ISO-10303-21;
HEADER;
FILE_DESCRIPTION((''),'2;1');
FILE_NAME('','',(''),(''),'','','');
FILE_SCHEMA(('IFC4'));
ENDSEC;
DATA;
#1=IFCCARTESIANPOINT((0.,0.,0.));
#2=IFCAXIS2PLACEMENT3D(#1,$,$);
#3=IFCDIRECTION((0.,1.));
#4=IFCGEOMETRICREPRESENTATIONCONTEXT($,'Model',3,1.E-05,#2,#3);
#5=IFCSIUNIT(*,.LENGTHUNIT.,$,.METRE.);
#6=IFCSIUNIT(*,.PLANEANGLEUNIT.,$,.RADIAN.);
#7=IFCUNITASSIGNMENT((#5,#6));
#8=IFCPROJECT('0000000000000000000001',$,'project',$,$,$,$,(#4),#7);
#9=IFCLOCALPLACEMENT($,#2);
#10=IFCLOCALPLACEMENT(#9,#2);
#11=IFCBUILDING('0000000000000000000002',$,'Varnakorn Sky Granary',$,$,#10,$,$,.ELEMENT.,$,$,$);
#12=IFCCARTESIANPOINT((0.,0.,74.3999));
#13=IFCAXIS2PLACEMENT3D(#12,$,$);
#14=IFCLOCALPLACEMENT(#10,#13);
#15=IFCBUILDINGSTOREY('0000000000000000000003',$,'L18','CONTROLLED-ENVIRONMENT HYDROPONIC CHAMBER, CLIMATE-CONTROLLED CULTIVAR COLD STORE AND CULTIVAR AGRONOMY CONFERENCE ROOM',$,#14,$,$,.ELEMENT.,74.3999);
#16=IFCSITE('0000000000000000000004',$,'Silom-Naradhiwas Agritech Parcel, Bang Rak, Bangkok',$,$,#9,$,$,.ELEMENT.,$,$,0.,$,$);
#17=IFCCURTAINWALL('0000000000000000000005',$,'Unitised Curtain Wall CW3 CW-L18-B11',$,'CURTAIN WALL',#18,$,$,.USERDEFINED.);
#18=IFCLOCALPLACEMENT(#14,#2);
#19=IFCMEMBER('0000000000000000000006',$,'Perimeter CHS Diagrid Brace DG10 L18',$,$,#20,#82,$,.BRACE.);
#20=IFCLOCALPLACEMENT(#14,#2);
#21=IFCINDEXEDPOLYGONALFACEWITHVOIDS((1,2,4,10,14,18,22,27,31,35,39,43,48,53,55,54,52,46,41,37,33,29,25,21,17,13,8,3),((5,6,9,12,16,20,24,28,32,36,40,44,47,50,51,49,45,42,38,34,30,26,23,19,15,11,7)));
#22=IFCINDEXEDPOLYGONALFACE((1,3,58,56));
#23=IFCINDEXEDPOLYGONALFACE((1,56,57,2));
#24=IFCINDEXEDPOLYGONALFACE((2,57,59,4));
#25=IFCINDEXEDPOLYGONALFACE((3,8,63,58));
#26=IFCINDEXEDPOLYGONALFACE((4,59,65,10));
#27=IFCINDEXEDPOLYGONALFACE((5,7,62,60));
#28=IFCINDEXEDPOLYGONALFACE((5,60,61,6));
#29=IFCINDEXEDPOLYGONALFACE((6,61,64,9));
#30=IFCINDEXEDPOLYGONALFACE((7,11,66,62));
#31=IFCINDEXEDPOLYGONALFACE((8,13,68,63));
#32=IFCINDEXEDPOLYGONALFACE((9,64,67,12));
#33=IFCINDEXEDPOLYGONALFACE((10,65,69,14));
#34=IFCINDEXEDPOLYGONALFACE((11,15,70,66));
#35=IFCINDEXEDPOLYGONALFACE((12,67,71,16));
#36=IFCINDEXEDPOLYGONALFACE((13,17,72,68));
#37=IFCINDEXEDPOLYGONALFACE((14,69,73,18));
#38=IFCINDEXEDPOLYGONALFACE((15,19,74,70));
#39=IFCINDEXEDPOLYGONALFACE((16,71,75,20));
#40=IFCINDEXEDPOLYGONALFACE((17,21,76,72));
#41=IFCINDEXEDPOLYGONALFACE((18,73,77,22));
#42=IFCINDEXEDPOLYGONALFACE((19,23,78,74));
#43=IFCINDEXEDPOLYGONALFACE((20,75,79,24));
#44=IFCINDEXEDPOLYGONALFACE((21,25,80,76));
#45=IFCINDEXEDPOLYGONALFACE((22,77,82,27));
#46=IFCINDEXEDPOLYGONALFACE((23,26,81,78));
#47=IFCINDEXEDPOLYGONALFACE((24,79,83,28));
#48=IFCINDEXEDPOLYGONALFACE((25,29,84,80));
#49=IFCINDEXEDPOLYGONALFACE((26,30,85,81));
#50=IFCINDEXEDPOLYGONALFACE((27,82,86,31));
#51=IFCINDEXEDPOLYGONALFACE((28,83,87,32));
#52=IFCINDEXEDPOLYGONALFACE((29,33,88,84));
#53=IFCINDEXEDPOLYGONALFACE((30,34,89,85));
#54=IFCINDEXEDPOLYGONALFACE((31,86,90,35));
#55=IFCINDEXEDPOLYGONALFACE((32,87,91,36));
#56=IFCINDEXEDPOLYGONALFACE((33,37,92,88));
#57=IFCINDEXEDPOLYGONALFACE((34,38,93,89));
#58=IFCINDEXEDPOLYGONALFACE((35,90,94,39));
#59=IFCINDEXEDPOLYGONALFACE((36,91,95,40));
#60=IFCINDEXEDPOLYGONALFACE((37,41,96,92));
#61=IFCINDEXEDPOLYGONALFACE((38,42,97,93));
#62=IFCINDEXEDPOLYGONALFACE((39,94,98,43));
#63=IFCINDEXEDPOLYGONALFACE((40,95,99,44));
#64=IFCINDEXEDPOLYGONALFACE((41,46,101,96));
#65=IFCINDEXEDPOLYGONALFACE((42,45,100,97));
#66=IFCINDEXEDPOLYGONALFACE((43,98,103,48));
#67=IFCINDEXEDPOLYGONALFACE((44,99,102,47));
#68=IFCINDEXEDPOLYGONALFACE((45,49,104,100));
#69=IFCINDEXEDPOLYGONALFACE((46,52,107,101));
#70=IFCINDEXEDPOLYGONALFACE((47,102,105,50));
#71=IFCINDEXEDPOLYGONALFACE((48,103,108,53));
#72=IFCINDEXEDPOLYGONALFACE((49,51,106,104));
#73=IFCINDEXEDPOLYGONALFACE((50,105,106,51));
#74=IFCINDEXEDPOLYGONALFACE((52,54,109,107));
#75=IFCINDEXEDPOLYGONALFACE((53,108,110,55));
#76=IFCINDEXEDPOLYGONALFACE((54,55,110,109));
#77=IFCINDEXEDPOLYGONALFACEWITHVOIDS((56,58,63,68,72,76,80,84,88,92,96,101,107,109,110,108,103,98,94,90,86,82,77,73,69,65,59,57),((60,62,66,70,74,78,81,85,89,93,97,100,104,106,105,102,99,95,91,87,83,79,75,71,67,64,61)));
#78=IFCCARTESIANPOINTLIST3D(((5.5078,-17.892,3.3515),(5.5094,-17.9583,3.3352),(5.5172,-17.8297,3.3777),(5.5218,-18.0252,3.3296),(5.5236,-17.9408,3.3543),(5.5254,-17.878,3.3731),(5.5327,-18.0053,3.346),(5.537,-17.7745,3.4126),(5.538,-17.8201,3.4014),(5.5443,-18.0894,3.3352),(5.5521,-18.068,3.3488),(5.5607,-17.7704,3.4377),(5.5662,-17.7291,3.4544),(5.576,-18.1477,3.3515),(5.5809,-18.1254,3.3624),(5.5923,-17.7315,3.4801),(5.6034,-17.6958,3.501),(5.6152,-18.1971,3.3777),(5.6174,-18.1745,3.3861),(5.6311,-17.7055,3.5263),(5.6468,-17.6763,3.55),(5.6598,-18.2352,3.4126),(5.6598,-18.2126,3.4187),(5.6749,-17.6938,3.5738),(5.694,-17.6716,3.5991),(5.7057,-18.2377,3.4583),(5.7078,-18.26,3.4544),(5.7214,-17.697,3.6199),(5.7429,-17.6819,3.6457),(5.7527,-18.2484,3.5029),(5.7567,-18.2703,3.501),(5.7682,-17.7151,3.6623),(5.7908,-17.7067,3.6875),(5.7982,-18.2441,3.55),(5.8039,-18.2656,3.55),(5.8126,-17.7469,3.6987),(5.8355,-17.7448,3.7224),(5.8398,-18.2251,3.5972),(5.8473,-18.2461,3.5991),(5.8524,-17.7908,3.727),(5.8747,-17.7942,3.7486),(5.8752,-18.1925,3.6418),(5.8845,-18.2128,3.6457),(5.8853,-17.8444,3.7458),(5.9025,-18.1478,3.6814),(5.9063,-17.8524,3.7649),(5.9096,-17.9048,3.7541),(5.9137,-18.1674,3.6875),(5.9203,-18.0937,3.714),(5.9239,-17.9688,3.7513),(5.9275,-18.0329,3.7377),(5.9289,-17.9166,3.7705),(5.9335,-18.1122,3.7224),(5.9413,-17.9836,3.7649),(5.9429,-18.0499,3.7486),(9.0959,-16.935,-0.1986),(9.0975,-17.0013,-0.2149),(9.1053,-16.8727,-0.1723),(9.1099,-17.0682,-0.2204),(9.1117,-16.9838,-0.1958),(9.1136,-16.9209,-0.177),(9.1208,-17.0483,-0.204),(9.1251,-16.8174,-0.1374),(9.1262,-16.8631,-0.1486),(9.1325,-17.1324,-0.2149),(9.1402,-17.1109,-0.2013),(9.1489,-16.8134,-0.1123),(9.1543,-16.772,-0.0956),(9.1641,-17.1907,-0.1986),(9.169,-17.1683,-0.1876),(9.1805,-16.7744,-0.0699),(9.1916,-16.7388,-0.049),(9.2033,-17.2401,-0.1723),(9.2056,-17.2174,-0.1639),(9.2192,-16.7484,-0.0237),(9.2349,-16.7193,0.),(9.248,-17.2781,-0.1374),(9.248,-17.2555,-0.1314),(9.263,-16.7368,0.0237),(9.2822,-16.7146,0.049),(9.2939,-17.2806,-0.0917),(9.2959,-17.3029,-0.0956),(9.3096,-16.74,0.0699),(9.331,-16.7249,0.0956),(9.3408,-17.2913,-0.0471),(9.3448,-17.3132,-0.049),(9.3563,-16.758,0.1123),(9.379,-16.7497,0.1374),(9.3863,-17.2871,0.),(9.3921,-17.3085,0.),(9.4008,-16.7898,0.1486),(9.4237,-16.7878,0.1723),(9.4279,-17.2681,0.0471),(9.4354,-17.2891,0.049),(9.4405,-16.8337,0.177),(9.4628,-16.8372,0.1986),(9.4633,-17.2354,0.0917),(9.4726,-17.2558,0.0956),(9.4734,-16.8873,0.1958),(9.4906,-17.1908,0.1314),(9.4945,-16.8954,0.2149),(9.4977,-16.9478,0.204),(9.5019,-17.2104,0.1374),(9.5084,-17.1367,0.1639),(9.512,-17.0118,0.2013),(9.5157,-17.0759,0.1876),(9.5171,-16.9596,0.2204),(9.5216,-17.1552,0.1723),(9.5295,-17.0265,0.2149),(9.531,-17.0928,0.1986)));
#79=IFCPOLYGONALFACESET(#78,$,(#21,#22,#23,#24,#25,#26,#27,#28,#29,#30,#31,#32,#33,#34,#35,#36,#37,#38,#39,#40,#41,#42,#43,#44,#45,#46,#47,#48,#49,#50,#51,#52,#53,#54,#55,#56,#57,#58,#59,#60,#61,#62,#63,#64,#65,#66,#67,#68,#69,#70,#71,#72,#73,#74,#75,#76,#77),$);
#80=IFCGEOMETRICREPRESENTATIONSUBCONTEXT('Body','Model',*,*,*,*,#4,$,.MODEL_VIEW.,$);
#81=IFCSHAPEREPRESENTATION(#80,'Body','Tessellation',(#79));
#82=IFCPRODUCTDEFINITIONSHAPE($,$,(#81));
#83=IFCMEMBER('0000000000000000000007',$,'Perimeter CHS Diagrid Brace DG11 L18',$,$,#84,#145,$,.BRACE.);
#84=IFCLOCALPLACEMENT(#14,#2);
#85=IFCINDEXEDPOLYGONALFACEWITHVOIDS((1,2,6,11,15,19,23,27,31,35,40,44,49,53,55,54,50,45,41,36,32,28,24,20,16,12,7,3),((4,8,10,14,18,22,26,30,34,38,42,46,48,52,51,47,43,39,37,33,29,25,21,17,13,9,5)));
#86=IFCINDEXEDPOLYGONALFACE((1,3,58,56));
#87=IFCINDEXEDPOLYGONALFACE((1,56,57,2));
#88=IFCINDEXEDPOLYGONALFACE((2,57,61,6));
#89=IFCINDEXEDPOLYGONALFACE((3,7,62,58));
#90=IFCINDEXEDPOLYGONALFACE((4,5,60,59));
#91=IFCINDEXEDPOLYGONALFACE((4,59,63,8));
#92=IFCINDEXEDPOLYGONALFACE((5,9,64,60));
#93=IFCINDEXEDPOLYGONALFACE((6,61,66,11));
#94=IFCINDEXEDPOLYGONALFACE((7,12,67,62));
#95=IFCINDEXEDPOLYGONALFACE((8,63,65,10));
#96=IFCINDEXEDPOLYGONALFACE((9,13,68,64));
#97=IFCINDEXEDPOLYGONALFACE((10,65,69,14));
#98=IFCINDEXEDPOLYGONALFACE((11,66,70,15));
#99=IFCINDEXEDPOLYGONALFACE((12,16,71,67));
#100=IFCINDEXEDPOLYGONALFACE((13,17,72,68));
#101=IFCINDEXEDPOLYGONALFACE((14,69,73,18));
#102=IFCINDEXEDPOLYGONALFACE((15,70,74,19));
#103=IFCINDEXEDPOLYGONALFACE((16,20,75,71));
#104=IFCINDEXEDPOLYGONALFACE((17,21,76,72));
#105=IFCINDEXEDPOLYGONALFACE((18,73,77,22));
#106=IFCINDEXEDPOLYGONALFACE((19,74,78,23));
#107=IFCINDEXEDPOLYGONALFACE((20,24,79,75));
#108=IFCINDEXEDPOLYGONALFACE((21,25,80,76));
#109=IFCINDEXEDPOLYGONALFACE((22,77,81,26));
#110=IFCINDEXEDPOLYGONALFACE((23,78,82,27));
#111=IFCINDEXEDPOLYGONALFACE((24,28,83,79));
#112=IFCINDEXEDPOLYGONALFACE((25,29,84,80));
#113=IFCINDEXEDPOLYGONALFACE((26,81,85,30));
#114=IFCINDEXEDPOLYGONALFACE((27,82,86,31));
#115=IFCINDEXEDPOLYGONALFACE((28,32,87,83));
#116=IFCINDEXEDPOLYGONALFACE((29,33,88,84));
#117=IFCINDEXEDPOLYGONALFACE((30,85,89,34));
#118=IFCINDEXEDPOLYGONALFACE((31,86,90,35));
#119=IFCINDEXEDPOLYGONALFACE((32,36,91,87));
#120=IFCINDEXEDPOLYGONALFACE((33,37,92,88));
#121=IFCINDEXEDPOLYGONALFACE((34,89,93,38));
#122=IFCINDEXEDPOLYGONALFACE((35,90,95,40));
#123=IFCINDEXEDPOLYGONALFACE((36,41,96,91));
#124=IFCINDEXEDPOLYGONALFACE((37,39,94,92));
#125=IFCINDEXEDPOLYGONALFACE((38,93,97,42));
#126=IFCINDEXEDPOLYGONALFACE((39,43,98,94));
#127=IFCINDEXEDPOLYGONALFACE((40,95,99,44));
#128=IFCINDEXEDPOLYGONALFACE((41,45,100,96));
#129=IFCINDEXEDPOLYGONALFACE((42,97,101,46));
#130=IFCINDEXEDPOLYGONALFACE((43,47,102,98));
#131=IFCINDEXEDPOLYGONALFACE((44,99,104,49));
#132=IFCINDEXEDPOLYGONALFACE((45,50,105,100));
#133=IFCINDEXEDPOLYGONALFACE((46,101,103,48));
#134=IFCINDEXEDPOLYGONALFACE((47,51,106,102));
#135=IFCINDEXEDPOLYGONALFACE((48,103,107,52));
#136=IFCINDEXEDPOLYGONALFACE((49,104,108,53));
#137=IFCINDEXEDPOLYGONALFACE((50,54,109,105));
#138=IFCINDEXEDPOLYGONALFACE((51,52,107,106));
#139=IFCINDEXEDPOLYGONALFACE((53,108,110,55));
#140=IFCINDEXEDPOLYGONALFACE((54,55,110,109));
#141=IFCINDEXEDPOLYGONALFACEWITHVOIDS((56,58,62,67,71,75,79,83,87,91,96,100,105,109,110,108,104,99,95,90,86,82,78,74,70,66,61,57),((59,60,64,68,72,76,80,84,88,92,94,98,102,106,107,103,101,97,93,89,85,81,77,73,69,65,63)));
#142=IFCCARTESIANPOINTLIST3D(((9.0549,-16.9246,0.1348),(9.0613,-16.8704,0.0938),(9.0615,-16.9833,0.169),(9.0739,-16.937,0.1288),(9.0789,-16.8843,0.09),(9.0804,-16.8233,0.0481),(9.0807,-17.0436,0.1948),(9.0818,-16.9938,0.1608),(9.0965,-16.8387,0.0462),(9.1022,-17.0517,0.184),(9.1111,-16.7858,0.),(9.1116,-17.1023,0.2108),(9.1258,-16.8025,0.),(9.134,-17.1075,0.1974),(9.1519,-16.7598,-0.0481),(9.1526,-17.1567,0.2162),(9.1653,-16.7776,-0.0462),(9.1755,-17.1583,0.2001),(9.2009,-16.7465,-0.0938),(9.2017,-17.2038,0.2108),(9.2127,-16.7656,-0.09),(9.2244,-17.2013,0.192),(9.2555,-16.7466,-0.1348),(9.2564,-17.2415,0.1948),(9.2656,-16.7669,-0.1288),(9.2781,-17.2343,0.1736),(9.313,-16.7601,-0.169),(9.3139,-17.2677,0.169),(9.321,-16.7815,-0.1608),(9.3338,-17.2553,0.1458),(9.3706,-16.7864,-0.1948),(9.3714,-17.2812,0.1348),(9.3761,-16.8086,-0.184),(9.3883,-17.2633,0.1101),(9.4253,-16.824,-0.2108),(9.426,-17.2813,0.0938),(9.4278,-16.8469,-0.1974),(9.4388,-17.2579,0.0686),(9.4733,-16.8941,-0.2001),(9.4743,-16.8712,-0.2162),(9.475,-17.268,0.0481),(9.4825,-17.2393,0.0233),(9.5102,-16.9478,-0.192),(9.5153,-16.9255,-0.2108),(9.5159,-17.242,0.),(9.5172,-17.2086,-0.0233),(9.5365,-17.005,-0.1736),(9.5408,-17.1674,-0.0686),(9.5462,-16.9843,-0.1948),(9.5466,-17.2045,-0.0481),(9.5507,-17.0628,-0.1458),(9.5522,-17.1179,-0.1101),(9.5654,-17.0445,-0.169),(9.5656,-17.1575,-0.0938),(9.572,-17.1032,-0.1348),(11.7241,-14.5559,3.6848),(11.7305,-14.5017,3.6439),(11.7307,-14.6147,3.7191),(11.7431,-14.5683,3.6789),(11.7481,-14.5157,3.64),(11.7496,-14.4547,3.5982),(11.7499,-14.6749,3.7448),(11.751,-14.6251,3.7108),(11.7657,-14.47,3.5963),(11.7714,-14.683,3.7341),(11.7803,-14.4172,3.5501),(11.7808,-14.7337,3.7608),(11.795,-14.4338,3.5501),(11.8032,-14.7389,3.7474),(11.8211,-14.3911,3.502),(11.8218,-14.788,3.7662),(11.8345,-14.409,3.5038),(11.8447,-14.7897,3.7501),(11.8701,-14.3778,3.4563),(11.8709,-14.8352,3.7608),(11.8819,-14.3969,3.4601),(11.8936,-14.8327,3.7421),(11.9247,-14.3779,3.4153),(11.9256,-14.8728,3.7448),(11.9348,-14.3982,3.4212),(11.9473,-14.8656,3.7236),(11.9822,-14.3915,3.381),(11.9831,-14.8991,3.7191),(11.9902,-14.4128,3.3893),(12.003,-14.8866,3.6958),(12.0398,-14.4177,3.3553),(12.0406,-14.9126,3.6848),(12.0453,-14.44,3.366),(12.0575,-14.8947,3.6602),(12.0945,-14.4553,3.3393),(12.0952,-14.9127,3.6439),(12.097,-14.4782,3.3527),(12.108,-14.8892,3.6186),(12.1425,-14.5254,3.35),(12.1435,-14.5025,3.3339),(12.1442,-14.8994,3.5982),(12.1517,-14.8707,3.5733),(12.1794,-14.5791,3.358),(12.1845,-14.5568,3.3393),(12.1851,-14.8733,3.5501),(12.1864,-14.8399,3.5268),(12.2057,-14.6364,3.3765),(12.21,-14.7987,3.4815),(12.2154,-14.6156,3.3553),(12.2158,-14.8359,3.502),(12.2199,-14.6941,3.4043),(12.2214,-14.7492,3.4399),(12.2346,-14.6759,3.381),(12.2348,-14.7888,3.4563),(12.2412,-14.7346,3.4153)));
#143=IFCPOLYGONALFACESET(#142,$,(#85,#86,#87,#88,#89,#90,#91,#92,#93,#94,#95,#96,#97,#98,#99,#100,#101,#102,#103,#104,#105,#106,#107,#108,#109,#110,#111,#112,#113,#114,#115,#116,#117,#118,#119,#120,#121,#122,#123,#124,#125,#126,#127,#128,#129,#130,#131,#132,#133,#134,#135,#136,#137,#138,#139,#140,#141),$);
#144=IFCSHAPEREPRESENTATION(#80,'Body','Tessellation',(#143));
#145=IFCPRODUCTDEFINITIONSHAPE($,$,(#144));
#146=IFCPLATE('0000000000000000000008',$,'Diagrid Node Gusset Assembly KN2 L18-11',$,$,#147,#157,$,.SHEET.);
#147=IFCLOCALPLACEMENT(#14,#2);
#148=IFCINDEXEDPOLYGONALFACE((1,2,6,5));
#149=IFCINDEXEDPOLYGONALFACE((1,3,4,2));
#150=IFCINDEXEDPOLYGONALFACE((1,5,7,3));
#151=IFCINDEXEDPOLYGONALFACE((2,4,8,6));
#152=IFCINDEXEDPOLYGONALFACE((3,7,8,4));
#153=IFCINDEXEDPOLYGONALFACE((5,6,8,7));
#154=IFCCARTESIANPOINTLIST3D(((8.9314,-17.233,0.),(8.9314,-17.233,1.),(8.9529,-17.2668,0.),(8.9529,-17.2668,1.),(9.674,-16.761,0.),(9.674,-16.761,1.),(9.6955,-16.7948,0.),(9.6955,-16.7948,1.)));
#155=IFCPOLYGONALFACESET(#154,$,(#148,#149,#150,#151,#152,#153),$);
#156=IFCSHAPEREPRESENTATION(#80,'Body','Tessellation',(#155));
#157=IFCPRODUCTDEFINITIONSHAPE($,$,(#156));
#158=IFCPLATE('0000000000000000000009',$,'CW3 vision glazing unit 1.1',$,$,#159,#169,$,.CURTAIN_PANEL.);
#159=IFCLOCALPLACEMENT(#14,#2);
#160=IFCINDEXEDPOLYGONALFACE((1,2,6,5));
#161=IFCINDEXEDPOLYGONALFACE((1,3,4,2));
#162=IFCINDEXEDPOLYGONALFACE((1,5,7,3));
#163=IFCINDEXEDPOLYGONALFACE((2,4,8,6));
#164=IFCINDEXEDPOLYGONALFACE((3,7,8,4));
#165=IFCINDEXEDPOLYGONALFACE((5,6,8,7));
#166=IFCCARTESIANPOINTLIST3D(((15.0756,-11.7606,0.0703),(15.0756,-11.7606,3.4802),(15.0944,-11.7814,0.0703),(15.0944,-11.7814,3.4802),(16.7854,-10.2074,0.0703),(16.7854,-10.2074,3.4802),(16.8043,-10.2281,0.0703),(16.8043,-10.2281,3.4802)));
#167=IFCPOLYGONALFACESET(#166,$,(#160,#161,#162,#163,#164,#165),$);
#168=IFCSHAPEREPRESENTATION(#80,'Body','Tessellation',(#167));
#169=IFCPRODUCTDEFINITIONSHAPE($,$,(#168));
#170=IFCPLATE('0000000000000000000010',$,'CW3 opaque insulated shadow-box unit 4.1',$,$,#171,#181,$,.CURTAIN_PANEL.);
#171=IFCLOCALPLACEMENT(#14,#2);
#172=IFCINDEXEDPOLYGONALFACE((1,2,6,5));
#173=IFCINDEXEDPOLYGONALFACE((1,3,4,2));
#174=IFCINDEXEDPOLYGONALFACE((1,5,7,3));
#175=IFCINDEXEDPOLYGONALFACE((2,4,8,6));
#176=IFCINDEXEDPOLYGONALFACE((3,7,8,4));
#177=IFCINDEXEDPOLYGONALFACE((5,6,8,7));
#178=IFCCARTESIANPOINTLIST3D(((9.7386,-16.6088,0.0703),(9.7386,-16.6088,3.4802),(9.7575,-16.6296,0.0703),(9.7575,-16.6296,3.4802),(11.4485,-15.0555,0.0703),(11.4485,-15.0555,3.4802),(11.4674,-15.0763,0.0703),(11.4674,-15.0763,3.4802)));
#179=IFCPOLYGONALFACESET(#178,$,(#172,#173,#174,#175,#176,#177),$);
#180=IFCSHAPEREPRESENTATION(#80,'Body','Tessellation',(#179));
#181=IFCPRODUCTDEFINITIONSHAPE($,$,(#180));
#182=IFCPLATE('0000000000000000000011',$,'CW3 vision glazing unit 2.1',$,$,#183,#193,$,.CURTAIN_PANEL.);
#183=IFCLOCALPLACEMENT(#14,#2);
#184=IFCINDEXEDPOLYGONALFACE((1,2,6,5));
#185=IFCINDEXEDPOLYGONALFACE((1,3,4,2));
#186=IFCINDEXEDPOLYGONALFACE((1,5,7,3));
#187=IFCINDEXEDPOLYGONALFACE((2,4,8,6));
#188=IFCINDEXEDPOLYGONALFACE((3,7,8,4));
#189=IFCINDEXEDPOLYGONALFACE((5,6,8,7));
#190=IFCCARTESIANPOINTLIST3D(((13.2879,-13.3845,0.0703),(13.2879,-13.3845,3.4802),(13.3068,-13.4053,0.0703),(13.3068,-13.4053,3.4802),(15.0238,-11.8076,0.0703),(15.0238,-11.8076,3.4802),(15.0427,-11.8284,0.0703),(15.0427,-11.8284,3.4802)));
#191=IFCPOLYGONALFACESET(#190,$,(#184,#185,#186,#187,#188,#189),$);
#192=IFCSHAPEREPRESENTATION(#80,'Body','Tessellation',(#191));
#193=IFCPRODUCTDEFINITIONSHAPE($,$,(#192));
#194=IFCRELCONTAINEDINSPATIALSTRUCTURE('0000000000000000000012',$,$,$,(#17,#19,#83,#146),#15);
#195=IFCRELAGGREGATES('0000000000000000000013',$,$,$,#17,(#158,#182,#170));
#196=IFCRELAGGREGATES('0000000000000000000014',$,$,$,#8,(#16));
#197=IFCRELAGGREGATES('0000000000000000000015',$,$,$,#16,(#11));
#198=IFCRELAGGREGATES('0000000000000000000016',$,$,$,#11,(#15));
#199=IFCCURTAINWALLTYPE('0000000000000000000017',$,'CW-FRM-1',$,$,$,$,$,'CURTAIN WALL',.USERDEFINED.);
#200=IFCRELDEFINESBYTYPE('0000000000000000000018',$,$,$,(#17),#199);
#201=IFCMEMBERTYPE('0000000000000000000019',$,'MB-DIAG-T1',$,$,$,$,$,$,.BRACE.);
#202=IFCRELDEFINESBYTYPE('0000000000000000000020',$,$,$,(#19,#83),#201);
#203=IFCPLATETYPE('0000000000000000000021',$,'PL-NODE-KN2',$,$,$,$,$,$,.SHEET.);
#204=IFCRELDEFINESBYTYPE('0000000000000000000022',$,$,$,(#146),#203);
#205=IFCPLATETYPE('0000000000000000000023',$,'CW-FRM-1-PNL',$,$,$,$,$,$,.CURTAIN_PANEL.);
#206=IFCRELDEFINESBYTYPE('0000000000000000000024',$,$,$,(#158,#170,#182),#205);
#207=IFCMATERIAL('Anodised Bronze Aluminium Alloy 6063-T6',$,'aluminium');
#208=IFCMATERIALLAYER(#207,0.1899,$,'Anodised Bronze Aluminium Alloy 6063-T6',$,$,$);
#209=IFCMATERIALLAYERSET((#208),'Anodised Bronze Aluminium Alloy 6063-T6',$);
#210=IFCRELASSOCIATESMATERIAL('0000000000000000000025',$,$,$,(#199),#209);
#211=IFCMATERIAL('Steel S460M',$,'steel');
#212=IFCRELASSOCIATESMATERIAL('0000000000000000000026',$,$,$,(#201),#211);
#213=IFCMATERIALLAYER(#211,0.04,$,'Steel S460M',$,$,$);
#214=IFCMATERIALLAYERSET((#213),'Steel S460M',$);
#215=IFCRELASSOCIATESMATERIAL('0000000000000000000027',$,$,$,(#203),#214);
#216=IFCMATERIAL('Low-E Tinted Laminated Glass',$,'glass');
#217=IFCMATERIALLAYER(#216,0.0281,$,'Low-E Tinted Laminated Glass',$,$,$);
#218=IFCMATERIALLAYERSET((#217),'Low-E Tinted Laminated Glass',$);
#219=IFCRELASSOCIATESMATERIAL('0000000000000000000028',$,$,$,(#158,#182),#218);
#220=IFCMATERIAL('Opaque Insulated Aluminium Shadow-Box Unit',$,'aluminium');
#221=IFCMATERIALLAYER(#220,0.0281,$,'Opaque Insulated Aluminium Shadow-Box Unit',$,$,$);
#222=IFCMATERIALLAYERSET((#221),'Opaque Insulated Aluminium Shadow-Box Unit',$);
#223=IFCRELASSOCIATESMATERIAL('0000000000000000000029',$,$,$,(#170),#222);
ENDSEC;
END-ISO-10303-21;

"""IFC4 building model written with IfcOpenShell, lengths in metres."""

from ifc_helpers import new_model, si_unit, direction, frame, origin, origin_2d, place, context, subcontext, project, spatial, rectangle, hollow_circle, extrude, source, transform, mapped, material, layer, layer_set, material_profile, profile_set, type_object, type_shapes, element, aggregate, save


model = new_model("IFC4")

# Units and contexts
model_context = context("Model", 3, precision=1e-05, world=origin(), true_north=direction((0.0, 1.0)))
body_context = subcontext(model_context, "Body", "Model", "MODEL_VIEW")
ifc_project = project(units=[si_unit("LENGTHUNIT", "METRE"), si_unit("PLANEANGLEUNIT", "RADIAN")], contexts=[model_context])

# Site, building, storey
site_placement = place(None, origin())
site = spatial("IfcSite", under=ifc_project, at=site_placement, Name="Silom-Naradhiwas Agritech Parcel, Bang Rak, Bangkok", CompositionType="ELEMENT", RefElevation=0.0)
building_placement = place(site_placement, origin())
building = spatial("IfcBuilding", under=site, at=building_placement, Name="Varnakorn Sky Granary", CompositionType="ELEMENT")
storey_placement = place(building_placement, frame((0.0, 0.0, 74.3999)))
storey = spatial("IfcBuildingStorey", under=building, at=storey_placement, Name="L18", Description="CONTROLLED-ENVIRONMENT HYDROPONIC CHAMBER, CLIMATE-CONTROLLED CULTIVAR COLD STORE AND CULTIVAR AGRONOMY CONFERENCE ROOM", CompositionType="ELEMENT", Elevation=74.3999)

# Shared definitions
ifc_material_1 = material(Name="Steel S460M", Category="steel")

# Curtain wall
ifc_material_2 = material(Name="Anodised Bronze Aluminium Alloy 6063-T6", Category="aluminium")
ifc_layer_1 = layer(ifc_material_2, 0.1899, Name="Anodised Bronze Aluminium Alloy 6063-T6")
ifc_layer_set_1 = layer_set([ifc_layer_1], Name="Anodised Bronze Aluminium Alloy 6063-T6")
curtain_wall_type = type_object("IfcCurtainWallType", Name="CW-FRM-1", ElementType="CURTAIN WALL", PredefinedType="USERDEFINED", material=ifc_layer_set_1)
curtain_wall_placement = place(storey_placement, origin())
curtain_wall = element("IfcCurtainWall", 1, at=curtain_wall_placement, inside=storey, type_object=curtain_wall_type, Name="Unitised Curtain Wall CW3 CW-L18-B11", ObjectType="CURTAIN WALL", PredefinedType="USERDEFINED")

# Members
ifc_material_profile_1 = material_profile(ifc_material_1, hollow_circle(Radius=0.3049, WallThickness=0.0222, at=origin_2d()), Name="CHS 610x22")
ifc_profile_set_1 = profile_set([ifc_material_profile_1], Name="Steel S460M")
member_type_1 = type_object("IfcMemberType", Name="MB-DIAG-T1", PredefinedType="BRACE", material=ifc_profile_set_1)
member_1_placement = place(storey_placement, frame((9.3135, -17.0139, 0.0), z_axis=(-0.698426, -0.186285, 0.691013), x_axis=(0.257712, -0.966222, 0.0)))
element("IfcMember", 2, at=member_1_placement, inside=storey, type_object=member_type_1, Name="Perimeter CHS Diagrid Brace DG10 L18", PredefinedType="BRACE", context=body_context, shape_type="SweptSolid", body=[
    extrude(hollow_circle(Radius=0.3049, WallThickness=0.0222, at=origin_2d()), origin(), (0.0, 0.0, 1.0), 5.1375),
])
member_2_placement = place(storey_placement, frame((9.3135, -17.0139, 0.0), z_axis=(0.530266, 0.470561, 0.705259), x_axis=(-0.663744, 0.74796, 0.0)))
element("IfcMember", 3, at=member_2_placement, inside=storey, type_object=member_type_1, Name="Perimeter CHS Diagrid Brace DG11 L18", PredefinedType="BRACE", context=body_context, shape_type="SweptSolid", body=[
    extrude(hollow_circle(Radius=0.3049, WallThickness=0.0222, at=origin_2d()), origin(), (0.0, 0.0, 1.0), 5.0337),
])

# Plates
ifc_layer_2 = layer(ifc_material_1, 0.04, Name="Steel S460M")
ifc_layer_set_2 = layer_set([ifc_layer_2], Name="Steel S460M")
plate_type_1 = type_object("IfcPlateType", Name="PL-NODE-KN2", PredefinedType="SHEET", material=ifc_layer_set_2)
plate_1_placement = place(storey_placement, frame((9.3135, -17.0139, 0.0), z_axis=(0.0, 0.0, 1.0), x_axis=(0.843965, 0.536398, 0.0)))
element("IfcPlate", 4, at=plate_1_placement, inside=storey, type_object=plate_type_1, Name="Diagrid Node Gusset Assembly KN2 L18-11", PredefinedType="SHEET", context=body_context, shape_type="SweptSolid", body=[
    extrude(rectangle(XDim=0.8799, YDim=0.04, at=origin_2d()), origin(), (0.0, 0.0, 1.0), 1.0),
])
ifc_material_3 = material(Name="Low-E Tinted Laminated Glass", Category="glass")
ifc_layer_3 = layer(ifc_material_3, 0.0281, Name="Low-E Tinted Laminated Glass")
ifc_layer_set_3 = layer_set([ifc_layer_3], Name="Low-E Tinted Laminated Glass")
plate_type_2 = type_object("IfcPlateType", Name="CW-FRM-1-PNL", PredefinedType="CURTAIN_PANEL")
shared_shape_1 = source(origin(), body_context, "Body", "SweptSolid", [
    extrude(rectangle(XDim=2.3101, YDim=0.0281, at=origin_2d()), origin(), (0.0, 0.0, 1.0), 3.4099),
])
plate_2_placement = place(storey_placement, frame((15.9399, -10.9944, 0.0703), z_axis=(0.0, 0.0, 1.0), x_axis=(-0.74019, -0.672398, 0.0)))
plate_2 = element("IfcPlate", 5, at=plate_2_placement, type_object=plate_type_2, material=ifc_layer_set_3, Name="CW3 vision glazing unit 1.1", PredefinedType="CURTAIN_PANEL", context=body_context, shape_type="MappedRepresentation", body=[
    mapped(shared_shape_1, transform((0.0, 0.0, 0.0), x_axis=(1.0, 0.0, 0.0), y_axis=(0.0, 1.0, 0.0), z_axis=(0.0, 0.0, 1.0), scale=1.0)),
])
ifc_material_4 = material(Name="Opaque Insulated Aluminium Shadow-Box Unit", Category="aluminium")
ifc_layer_4 = layer(ifc_material_4, 0.0281, Name="Opaque Insulated Aluminium Shadow-Box Unit")
ifc_layer_set_4 = layer_set([ifc_layer_4], Name="Opaque Insulated Aluminium Shadow-Box Unit")
plate_3_placement = place(storey_placement, frame((10.603, -15.8425, 0.0703), z_axis=(0.0, 0.0, 1.0), x_axis=(-0.74019, -0.672398, 0.0)))
plate_3 = element("IfcPlate", 6, at=plate_3_placement, type_object=plate_type_2, material=ifc_layer_set_4, Name="CW3 opaque insulated shadow-box unit 4.1", PredefinedType="CURTAIN_PANEL", context=body_context, shape_type="MappedRepresentation", body=[
    mapped(shared_shape_1, transform((0.0, 0.0, 0.0), x_axis=(1.0, 0.0, 0.0), y_axis=(0.0, 1.0, 0.0), z_axis=(0.0, 0.0, 1.0), scale=1.0)),
])
shared_shape_2 = source(origin(), body_context, "Body", "SweptSolid", [
    extrude(rectangle(XDim=2.3452, YDim=0.0281, at=origin_2d()), origin(), (0.0, 0.0, 1.0), 3.4099),
])
type_shapes(plate_type_2, [shared_shape_1, shared_shape_2])
plate_4_placement = place(storey_placement, frame((14.1653, -12.6064, 0.0703), z_axis=(0.0, 0.0, 1.0), x_axis=(-0.74019, -0.672398, 0.0)))
plate_4 = element("IfcPlate", 7, at=plate_4_placement, type_object=plate_type_2, material=ifc_layer_set_3, Name="CW3 vision glazing unit 2.1", PredefinedType="CURTAIN_PANEL", context=body_context, shape_type="MappedRepresentation", body=[
    mapped(shared_shape_2, transform((0.0, 0.0, 0.0), x_axis=(1.0, 0.0, 0.0), y_axis=(0.0, 1.0, 0.0), z_axis=(0.0, 0.0, 1.0), scale=1.0)),
])
aggregate(curtain_wall, [plate_2, plate_4, plate_3])

save(model, "model.ifc")
